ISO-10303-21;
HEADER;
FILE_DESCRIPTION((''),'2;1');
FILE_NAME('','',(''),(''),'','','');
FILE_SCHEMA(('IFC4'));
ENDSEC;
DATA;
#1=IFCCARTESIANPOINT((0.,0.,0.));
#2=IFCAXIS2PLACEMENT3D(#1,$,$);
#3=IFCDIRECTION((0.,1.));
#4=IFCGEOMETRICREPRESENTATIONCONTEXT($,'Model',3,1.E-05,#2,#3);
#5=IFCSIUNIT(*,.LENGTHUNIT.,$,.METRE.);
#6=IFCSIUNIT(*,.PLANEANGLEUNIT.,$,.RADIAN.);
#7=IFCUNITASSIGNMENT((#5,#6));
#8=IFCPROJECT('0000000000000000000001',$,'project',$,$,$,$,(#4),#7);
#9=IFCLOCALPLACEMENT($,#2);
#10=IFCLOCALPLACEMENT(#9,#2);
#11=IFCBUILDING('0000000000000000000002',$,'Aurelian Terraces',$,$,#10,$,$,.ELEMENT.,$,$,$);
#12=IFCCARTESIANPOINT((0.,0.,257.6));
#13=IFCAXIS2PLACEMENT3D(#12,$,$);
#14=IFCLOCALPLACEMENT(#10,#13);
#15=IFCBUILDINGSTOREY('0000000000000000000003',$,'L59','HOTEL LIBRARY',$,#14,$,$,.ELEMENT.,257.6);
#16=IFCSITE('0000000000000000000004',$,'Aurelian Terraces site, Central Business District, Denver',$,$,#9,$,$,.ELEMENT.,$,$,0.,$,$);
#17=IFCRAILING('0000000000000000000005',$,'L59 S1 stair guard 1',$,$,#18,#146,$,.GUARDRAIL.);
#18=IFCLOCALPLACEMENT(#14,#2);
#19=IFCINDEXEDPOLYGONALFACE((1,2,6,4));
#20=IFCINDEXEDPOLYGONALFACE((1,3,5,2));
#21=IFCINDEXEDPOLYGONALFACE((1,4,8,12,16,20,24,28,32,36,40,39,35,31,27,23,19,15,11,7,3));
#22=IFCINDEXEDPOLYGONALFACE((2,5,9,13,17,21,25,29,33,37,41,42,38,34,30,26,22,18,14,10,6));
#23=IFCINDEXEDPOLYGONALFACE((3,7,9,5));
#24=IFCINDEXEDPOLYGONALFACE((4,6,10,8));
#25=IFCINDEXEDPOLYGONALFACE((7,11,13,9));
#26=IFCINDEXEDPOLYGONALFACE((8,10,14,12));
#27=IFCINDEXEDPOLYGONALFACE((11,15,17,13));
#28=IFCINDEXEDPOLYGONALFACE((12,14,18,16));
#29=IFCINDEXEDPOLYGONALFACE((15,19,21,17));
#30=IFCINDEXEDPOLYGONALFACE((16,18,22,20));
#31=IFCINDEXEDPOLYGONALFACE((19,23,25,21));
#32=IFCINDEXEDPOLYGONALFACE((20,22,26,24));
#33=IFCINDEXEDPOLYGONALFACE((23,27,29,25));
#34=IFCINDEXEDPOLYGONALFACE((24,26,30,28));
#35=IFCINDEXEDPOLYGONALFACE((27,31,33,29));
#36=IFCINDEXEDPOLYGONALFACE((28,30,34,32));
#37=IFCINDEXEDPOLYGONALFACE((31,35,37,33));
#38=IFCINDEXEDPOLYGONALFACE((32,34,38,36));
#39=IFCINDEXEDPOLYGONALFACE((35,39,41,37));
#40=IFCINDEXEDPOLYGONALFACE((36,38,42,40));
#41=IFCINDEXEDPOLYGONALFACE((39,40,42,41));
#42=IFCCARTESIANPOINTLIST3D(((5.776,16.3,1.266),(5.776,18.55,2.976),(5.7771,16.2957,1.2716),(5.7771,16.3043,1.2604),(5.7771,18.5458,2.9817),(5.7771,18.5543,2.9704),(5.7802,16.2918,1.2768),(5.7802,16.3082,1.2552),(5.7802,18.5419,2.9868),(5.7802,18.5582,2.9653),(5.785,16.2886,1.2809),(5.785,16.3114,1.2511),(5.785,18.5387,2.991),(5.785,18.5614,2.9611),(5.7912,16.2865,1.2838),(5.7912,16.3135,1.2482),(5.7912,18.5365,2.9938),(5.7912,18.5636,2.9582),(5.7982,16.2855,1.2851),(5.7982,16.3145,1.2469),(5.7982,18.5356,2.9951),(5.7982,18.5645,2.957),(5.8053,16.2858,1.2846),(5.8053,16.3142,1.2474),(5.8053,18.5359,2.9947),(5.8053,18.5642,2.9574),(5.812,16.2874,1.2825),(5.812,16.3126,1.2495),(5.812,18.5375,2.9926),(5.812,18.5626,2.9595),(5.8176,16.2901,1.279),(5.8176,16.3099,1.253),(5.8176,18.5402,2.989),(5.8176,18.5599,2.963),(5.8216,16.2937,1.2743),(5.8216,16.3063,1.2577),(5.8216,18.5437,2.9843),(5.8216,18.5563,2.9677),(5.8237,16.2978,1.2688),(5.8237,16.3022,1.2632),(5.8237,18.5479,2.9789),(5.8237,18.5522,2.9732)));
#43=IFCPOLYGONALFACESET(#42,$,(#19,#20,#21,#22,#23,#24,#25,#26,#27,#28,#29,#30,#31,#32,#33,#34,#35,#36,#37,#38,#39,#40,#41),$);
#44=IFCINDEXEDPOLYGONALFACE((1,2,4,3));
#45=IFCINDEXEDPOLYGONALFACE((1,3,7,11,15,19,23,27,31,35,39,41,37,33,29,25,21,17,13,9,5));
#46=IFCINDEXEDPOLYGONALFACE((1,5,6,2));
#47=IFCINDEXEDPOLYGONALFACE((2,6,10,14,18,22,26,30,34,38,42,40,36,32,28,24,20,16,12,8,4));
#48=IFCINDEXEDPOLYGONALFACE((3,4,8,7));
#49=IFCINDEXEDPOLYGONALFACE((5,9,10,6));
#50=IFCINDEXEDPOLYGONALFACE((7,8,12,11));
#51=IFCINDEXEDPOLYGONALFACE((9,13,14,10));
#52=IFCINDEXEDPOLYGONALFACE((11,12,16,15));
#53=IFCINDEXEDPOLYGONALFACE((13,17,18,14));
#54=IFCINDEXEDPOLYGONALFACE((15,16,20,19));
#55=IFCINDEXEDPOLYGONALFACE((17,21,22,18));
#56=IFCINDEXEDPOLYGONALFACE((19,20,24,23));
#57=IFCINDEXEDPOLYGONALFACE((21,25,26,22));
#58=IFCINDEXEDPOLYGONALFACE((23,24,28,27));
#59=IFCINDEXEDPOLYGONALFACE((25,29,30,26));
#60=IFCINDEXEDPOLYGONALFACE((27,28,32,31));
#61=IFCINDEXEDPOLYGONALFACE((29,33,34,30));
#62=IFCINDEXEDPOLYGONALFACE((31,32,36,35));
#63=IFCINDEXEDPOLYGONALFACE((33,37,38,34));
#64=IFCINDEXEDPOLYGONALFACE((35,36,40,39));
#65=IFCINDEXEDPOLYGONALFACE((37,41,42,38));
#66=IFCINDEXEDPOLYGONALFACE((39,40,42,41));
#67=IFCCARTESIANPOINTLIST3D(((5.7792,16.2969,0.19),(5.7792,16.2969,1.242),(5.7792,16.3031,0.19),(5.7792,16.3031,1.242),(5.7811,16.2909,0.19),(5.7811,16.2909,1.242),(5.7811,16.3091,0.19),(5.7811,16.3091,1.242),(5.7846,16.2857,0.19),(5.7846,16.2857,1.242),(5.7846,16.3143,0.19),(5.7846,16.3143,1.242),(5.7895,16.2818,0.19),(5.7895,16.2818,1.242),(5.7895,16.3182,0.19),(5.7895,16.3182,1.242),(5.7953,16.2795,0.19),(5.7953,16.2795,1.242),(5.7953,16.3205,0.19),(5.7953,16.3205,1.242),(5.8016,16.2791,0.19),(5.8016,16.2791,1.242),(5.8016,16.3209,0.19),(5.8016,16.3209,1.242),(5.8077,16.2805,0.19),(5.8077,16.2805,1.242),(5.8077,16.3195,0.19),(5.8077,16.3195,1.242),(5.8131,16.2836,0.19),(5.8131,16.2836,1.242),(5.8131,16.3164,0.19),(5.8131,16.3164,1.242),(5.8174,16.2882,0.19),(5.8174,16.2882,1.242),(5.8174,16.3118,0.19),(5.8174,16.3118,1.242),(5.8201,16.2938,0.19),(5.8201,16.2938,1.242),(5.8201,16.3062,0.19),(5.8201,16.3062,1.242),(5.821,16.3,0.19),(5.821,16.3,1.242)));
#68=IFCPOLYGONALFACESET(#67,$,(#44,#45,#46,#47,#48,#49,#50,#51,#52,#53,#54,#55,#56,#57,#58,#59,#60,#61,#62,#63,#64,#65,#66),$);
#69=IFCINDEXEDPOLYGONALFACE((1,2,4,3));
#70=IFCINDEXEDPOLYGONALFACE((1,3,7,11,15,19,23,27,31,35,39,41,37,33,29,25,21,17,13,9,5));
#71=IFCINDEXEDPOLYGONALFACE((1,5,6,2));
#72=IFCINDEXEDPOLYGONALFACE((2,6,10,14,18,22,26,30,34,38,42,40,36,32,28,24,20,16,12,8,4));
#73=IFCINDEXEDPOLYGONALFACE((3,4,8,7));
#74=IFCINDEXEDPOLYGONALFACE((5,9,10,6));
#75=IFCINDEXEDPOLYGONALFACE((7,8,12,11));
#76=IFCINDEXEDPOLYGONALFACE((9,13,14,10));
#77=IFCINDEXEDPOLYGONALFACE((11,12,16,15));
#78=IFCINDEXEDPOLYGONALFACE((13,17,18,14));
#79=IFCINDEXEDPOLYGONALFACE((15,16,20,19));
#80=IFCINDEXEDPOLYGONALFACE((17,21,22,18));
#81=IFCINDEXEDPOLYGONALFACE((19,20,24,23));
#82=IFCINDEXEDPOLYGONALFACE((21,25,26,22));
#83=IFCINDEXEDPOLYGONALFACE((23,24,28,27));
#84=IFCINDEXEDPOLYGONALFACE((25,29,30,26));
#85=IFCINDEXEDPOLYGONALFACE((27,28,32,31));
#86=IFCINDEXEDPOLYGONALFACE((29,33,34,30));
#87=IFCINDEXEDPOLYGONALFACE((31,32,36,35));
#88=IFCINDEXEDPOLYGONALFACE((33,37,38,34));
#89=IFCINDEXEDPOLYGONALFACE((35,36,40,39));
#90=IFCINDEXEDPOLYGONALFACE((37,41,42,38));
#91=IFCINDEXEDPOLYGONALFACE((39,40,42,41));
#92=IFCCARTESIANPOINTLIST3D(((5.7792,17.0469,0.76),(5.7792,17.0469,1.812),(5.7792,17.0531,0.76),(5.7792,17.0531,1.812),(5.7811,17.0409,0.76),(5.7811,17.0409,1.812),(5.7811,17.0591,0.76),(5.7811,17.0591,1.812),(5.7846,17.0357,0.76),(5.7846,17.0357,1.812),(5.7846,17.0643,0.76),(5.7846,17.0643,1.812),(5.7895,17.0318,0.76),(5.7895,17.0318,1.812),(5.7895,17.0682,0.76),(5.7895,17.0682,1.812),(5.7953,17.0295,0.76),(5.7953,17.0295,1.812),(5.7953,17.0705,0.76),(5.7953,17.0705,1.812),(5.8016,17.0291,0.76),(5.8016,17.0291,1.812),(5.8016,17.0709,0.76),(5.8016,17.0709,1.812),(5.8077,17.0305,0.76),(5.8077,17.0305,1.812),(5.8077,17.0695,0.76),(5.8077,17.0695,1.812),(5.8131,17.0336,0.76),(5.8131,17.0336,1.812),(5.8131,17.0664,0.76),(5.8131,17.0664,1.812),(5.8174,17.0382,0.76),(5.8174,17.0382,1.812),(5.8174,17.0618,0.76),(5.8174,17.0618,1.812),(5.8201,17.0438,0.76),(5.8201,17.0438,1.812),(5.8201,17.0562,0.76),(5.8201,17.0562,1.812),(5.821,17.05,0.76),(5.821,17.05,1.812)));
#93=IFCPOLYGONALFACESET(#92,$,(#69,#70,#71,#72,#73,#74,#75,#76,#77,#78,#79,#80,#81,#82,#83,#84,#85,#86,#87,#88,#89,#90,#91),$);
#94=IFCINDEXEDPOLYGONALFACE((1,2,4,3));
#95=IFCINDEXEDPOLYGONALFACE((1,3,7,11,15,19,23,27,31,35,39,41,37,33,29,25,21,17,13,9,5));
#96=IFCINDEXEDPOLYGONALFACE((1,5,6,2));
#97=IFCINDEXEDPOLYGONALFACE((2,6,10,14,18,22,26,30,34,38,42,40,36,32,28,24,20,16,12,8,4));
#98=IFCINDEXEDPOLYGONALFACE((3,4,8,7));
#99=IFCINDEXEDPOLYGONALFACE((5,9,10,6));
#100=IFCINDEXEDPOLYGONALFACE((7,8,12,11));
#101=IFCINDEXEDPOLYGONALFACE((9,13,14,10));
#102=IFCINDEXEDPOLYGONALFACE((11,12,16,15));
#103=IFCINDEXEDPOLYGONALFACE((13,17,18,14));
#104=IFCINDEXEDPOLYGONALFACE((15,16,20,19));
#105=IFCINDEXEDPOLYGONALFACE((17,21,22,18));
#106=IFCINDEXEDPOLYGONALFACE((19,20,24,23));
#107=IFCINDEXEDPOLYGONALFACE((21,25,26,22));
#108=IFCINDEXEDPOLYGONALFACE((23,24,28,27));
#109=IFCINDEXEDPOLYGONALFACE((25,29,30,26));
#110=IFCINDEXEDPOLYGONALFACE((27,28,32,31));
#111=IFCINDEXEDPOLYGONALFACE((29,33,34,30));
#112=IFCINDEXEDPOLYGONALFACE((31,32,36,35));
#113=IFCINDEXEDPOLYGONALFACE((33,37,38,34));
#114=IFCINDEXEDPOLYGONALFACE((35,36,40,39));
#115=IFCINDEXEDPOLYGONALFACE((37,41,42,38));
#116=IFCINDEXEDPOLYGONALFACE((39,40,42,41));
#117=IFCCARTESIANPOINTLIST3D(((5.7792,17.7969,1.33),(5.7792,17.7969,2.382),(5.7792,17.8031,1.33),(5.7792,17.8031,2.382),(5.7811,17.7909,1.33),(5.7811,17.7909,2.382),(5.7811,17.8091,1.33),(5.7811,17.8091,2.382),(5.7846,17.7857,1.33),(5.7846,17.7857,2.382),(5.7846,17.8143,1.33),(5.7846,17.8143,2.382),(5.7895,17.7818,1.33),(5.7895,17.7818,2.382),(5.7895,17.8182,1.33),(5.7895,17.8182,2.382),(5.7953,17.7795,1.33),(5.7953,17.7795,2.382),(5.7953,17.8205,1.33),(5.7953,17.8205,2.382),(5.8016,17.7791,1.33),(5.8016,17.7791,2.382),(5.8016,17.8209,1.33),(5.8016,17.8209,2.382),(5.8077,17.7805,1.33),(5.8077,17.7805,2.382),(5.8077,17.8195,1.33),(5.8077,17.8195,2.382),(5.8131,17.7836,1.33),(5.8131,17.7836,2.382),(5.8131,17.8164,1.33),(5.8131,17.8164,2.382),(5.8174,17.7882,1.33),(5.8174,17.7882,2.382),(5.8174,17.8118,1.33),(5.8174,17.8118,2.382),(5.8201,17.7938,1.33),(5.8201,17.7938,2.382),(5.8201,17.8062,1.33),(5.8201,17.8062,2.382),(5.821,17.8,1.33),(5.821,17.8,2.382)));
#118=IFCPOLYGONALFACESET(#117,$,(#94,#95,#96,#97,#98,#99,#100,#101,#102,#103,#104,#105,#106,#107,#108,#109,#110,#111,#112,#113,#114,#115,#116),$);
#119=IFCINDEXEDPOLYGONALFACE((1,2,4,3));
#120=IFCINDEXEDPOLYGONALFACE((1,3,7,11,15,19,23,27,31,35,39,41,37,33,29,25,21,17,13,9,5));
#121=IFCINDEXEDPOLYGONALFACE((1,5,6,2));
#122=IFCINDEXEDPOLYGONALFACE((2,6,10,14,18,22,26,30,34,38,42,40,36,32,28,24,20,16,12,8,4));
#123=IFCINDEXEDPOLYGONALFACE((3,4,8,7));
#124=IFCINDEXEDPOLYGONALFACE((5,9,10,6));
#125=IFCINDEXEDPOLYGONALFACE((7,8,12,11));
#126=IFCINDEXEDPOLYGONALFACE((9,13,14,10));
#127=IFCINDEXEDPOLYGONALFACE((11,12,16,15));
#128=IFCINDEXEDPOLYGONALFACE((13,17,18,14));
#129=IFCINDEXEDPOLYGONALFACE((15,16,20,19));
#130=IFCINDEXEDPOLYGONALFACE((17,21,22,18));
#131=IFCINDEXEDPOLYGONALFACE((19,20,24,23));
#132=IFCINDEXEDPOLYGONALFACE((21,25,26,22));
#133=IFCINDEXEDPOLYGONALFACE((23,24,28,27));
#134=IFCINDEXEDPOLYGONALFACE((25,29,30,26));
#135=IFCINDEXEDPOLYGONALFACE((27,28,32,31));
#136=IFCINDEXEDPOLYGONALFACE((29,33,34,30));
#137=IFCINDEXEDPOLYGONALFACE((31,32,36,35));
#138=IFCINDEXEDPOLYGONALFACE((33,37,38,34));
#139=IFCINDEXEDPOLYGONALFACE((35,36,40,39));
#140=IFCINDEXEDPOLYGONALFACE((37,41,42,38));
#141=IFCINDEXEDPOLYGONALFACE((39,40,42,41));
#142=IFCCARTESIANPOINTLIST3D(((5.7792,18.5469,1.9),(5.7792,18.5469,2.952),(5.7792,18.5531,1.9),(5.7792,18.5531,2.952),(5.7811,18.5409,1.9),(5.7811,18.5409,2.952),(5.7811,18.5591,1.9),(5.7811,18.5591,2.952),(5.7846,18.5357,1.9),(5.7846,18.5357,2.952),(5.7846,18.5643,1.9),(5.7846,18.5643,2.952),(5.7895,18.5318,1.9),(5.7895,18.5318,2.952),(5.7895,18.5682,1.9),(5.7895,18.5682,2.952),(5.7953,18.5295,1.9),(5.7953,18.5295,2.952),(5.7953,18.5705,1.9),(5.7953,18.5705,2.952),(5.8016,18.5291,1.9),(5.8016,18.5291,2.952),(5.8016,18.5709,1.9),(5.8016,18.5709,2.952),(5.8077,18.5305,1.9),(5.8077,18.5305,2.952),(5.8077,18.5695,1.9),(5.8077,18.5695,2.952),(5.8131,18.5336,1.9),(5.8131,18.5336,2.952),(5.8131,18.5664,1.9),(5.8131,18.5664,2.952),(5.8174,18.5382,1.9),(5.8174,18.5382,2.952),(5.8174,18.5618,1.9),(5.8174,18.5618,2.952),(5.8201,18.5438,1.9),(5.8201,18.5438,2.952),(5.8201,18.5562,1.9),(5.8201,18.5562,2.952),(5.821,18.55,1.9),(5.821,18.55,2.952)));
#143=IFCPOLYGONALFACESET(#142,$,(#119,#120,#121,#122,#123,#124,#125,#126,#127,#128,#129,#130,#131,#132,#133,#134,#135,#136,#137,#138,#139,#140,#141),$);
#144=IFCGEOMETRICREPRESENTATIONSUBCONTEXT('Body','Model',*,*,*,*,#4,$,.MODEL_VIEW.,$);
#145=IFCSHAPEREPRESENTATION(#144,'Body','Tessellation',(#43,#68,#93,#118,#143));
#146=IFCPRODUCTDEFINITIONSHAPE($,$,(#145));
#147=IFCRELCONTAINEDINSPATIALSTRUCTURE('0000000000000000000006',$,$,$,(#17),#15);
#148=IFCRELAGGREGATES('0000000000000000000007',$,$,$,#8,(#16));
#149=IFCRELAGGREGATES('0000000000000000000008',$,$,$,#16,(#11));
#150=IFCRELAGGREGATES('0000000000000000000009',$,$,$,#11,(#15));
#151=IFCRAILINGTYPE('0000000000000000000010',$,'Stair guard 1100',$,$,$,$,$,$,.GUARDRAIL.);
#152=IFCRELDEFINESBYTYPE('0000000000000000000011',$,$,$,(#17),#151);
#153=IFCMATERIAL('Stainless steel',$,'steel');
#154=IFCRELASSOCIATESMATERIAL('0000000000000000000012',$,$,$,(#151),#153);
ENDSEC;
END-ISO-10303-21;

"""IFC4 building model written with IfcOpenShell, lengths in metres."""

from ifc_helpers import new_model, si_unit, direction, frame, origin, origin_2d, place, context, subcontext, project, spatial, circle, extrude, source, transform, mapped, material, type_object, element, save


model = new_model("IFC4")

# Units and contexts
model_context = context("Model", 3, precision=1e-05, world=origin(), true_north=direction((0.0, 1.0)))
body_context = subcontext(model_context, "Body", "Model", "MODEL_VIEW")
ifc_project = project(units=[si_unit("LENGTHUNIT", "METRE"), si_unit("PLANEANGLEUNIT", "RADIAN")], contexts=[model_context])

# Site, building, storey
site_placement = place(None, origin())
site = spatial("IfcSite", under=ifc_project, at=site_placement, Name="Aurelian Terraces site, Central Business District, Denver", CompositionType="ELEMENT", RefElevation=0.0)
building_placement = place(site_placement, origin())
building = spatial("IfcBuilding", under=site, at=building_placement, Name="Aurelian Terraces", CompositionType="ELEMENT")
storey_placement = place(building_placement, frame((0.0, 0.0, 257.6)))
storey = spatial("IfcBuildingStorey", under=building, at=storey_placement, Name="L59", Description="HOTEL LIBRARY", CompositionType="ELEMENT", Elevation=257.6)

# Railing
ifc_material_1 = material(Name="Stainless steel", Category="steel")
railing_type_1 = type_object("IfcRailingType", Name="Stair guard 1100", PredefinedType="GUARDRAIL", material=ifc_material_1)
shared_shape_1 = source(origin(), body_context, "Body", "SweptSolid", [
    extrude(circle(Radius=0.024, at=origin_2d()), frame((0.0, 0.0, 1.076), z_axis=(0.0, 0.796162, 0.605083), x_axis=(-1.0, 0.0, 0.0)), (0.0, 0.0, 1.0), 2.8261),
    extrude(circle(Radius=0.021, at=origin_2d()), origin(), (0.0, 0.0, 1.0), 1.052),
    extrude(circle(Radius=0.021, at=origin_2d()), frame((0.0, 0.75, 0.57)), (0.0, 0.0, 1.0), 1.052),
    extrude(circle(Radius=0.021, at=origin_2d()), frame((0.0, 1.5, 1.14)), (0.0, 0.0, 1.0), 1.052),
    extrude(circle(Radius=0.021, at=origin_2d()), frame((0.0, 2.25, 1.71)), (0.0, 0.0, 1.0), 1.052),
])
railing_1_placement = place(storey_placement, frame((5.8, 16.3, 0.19)))
element("IfcRailing", 1, at=railing_1_placement, inside=storey, type_object=railing_type_1, Name="L59 S1 stair guard 1", PredefinedType="GUARDRAIL", context=body_context, shape_type="MappedRepresentation", body=[
    mapped(shared_shape_1, transform((0.0, 0.0, 0.0), scale=1.0)),
])

save(model, "model.ifc")
